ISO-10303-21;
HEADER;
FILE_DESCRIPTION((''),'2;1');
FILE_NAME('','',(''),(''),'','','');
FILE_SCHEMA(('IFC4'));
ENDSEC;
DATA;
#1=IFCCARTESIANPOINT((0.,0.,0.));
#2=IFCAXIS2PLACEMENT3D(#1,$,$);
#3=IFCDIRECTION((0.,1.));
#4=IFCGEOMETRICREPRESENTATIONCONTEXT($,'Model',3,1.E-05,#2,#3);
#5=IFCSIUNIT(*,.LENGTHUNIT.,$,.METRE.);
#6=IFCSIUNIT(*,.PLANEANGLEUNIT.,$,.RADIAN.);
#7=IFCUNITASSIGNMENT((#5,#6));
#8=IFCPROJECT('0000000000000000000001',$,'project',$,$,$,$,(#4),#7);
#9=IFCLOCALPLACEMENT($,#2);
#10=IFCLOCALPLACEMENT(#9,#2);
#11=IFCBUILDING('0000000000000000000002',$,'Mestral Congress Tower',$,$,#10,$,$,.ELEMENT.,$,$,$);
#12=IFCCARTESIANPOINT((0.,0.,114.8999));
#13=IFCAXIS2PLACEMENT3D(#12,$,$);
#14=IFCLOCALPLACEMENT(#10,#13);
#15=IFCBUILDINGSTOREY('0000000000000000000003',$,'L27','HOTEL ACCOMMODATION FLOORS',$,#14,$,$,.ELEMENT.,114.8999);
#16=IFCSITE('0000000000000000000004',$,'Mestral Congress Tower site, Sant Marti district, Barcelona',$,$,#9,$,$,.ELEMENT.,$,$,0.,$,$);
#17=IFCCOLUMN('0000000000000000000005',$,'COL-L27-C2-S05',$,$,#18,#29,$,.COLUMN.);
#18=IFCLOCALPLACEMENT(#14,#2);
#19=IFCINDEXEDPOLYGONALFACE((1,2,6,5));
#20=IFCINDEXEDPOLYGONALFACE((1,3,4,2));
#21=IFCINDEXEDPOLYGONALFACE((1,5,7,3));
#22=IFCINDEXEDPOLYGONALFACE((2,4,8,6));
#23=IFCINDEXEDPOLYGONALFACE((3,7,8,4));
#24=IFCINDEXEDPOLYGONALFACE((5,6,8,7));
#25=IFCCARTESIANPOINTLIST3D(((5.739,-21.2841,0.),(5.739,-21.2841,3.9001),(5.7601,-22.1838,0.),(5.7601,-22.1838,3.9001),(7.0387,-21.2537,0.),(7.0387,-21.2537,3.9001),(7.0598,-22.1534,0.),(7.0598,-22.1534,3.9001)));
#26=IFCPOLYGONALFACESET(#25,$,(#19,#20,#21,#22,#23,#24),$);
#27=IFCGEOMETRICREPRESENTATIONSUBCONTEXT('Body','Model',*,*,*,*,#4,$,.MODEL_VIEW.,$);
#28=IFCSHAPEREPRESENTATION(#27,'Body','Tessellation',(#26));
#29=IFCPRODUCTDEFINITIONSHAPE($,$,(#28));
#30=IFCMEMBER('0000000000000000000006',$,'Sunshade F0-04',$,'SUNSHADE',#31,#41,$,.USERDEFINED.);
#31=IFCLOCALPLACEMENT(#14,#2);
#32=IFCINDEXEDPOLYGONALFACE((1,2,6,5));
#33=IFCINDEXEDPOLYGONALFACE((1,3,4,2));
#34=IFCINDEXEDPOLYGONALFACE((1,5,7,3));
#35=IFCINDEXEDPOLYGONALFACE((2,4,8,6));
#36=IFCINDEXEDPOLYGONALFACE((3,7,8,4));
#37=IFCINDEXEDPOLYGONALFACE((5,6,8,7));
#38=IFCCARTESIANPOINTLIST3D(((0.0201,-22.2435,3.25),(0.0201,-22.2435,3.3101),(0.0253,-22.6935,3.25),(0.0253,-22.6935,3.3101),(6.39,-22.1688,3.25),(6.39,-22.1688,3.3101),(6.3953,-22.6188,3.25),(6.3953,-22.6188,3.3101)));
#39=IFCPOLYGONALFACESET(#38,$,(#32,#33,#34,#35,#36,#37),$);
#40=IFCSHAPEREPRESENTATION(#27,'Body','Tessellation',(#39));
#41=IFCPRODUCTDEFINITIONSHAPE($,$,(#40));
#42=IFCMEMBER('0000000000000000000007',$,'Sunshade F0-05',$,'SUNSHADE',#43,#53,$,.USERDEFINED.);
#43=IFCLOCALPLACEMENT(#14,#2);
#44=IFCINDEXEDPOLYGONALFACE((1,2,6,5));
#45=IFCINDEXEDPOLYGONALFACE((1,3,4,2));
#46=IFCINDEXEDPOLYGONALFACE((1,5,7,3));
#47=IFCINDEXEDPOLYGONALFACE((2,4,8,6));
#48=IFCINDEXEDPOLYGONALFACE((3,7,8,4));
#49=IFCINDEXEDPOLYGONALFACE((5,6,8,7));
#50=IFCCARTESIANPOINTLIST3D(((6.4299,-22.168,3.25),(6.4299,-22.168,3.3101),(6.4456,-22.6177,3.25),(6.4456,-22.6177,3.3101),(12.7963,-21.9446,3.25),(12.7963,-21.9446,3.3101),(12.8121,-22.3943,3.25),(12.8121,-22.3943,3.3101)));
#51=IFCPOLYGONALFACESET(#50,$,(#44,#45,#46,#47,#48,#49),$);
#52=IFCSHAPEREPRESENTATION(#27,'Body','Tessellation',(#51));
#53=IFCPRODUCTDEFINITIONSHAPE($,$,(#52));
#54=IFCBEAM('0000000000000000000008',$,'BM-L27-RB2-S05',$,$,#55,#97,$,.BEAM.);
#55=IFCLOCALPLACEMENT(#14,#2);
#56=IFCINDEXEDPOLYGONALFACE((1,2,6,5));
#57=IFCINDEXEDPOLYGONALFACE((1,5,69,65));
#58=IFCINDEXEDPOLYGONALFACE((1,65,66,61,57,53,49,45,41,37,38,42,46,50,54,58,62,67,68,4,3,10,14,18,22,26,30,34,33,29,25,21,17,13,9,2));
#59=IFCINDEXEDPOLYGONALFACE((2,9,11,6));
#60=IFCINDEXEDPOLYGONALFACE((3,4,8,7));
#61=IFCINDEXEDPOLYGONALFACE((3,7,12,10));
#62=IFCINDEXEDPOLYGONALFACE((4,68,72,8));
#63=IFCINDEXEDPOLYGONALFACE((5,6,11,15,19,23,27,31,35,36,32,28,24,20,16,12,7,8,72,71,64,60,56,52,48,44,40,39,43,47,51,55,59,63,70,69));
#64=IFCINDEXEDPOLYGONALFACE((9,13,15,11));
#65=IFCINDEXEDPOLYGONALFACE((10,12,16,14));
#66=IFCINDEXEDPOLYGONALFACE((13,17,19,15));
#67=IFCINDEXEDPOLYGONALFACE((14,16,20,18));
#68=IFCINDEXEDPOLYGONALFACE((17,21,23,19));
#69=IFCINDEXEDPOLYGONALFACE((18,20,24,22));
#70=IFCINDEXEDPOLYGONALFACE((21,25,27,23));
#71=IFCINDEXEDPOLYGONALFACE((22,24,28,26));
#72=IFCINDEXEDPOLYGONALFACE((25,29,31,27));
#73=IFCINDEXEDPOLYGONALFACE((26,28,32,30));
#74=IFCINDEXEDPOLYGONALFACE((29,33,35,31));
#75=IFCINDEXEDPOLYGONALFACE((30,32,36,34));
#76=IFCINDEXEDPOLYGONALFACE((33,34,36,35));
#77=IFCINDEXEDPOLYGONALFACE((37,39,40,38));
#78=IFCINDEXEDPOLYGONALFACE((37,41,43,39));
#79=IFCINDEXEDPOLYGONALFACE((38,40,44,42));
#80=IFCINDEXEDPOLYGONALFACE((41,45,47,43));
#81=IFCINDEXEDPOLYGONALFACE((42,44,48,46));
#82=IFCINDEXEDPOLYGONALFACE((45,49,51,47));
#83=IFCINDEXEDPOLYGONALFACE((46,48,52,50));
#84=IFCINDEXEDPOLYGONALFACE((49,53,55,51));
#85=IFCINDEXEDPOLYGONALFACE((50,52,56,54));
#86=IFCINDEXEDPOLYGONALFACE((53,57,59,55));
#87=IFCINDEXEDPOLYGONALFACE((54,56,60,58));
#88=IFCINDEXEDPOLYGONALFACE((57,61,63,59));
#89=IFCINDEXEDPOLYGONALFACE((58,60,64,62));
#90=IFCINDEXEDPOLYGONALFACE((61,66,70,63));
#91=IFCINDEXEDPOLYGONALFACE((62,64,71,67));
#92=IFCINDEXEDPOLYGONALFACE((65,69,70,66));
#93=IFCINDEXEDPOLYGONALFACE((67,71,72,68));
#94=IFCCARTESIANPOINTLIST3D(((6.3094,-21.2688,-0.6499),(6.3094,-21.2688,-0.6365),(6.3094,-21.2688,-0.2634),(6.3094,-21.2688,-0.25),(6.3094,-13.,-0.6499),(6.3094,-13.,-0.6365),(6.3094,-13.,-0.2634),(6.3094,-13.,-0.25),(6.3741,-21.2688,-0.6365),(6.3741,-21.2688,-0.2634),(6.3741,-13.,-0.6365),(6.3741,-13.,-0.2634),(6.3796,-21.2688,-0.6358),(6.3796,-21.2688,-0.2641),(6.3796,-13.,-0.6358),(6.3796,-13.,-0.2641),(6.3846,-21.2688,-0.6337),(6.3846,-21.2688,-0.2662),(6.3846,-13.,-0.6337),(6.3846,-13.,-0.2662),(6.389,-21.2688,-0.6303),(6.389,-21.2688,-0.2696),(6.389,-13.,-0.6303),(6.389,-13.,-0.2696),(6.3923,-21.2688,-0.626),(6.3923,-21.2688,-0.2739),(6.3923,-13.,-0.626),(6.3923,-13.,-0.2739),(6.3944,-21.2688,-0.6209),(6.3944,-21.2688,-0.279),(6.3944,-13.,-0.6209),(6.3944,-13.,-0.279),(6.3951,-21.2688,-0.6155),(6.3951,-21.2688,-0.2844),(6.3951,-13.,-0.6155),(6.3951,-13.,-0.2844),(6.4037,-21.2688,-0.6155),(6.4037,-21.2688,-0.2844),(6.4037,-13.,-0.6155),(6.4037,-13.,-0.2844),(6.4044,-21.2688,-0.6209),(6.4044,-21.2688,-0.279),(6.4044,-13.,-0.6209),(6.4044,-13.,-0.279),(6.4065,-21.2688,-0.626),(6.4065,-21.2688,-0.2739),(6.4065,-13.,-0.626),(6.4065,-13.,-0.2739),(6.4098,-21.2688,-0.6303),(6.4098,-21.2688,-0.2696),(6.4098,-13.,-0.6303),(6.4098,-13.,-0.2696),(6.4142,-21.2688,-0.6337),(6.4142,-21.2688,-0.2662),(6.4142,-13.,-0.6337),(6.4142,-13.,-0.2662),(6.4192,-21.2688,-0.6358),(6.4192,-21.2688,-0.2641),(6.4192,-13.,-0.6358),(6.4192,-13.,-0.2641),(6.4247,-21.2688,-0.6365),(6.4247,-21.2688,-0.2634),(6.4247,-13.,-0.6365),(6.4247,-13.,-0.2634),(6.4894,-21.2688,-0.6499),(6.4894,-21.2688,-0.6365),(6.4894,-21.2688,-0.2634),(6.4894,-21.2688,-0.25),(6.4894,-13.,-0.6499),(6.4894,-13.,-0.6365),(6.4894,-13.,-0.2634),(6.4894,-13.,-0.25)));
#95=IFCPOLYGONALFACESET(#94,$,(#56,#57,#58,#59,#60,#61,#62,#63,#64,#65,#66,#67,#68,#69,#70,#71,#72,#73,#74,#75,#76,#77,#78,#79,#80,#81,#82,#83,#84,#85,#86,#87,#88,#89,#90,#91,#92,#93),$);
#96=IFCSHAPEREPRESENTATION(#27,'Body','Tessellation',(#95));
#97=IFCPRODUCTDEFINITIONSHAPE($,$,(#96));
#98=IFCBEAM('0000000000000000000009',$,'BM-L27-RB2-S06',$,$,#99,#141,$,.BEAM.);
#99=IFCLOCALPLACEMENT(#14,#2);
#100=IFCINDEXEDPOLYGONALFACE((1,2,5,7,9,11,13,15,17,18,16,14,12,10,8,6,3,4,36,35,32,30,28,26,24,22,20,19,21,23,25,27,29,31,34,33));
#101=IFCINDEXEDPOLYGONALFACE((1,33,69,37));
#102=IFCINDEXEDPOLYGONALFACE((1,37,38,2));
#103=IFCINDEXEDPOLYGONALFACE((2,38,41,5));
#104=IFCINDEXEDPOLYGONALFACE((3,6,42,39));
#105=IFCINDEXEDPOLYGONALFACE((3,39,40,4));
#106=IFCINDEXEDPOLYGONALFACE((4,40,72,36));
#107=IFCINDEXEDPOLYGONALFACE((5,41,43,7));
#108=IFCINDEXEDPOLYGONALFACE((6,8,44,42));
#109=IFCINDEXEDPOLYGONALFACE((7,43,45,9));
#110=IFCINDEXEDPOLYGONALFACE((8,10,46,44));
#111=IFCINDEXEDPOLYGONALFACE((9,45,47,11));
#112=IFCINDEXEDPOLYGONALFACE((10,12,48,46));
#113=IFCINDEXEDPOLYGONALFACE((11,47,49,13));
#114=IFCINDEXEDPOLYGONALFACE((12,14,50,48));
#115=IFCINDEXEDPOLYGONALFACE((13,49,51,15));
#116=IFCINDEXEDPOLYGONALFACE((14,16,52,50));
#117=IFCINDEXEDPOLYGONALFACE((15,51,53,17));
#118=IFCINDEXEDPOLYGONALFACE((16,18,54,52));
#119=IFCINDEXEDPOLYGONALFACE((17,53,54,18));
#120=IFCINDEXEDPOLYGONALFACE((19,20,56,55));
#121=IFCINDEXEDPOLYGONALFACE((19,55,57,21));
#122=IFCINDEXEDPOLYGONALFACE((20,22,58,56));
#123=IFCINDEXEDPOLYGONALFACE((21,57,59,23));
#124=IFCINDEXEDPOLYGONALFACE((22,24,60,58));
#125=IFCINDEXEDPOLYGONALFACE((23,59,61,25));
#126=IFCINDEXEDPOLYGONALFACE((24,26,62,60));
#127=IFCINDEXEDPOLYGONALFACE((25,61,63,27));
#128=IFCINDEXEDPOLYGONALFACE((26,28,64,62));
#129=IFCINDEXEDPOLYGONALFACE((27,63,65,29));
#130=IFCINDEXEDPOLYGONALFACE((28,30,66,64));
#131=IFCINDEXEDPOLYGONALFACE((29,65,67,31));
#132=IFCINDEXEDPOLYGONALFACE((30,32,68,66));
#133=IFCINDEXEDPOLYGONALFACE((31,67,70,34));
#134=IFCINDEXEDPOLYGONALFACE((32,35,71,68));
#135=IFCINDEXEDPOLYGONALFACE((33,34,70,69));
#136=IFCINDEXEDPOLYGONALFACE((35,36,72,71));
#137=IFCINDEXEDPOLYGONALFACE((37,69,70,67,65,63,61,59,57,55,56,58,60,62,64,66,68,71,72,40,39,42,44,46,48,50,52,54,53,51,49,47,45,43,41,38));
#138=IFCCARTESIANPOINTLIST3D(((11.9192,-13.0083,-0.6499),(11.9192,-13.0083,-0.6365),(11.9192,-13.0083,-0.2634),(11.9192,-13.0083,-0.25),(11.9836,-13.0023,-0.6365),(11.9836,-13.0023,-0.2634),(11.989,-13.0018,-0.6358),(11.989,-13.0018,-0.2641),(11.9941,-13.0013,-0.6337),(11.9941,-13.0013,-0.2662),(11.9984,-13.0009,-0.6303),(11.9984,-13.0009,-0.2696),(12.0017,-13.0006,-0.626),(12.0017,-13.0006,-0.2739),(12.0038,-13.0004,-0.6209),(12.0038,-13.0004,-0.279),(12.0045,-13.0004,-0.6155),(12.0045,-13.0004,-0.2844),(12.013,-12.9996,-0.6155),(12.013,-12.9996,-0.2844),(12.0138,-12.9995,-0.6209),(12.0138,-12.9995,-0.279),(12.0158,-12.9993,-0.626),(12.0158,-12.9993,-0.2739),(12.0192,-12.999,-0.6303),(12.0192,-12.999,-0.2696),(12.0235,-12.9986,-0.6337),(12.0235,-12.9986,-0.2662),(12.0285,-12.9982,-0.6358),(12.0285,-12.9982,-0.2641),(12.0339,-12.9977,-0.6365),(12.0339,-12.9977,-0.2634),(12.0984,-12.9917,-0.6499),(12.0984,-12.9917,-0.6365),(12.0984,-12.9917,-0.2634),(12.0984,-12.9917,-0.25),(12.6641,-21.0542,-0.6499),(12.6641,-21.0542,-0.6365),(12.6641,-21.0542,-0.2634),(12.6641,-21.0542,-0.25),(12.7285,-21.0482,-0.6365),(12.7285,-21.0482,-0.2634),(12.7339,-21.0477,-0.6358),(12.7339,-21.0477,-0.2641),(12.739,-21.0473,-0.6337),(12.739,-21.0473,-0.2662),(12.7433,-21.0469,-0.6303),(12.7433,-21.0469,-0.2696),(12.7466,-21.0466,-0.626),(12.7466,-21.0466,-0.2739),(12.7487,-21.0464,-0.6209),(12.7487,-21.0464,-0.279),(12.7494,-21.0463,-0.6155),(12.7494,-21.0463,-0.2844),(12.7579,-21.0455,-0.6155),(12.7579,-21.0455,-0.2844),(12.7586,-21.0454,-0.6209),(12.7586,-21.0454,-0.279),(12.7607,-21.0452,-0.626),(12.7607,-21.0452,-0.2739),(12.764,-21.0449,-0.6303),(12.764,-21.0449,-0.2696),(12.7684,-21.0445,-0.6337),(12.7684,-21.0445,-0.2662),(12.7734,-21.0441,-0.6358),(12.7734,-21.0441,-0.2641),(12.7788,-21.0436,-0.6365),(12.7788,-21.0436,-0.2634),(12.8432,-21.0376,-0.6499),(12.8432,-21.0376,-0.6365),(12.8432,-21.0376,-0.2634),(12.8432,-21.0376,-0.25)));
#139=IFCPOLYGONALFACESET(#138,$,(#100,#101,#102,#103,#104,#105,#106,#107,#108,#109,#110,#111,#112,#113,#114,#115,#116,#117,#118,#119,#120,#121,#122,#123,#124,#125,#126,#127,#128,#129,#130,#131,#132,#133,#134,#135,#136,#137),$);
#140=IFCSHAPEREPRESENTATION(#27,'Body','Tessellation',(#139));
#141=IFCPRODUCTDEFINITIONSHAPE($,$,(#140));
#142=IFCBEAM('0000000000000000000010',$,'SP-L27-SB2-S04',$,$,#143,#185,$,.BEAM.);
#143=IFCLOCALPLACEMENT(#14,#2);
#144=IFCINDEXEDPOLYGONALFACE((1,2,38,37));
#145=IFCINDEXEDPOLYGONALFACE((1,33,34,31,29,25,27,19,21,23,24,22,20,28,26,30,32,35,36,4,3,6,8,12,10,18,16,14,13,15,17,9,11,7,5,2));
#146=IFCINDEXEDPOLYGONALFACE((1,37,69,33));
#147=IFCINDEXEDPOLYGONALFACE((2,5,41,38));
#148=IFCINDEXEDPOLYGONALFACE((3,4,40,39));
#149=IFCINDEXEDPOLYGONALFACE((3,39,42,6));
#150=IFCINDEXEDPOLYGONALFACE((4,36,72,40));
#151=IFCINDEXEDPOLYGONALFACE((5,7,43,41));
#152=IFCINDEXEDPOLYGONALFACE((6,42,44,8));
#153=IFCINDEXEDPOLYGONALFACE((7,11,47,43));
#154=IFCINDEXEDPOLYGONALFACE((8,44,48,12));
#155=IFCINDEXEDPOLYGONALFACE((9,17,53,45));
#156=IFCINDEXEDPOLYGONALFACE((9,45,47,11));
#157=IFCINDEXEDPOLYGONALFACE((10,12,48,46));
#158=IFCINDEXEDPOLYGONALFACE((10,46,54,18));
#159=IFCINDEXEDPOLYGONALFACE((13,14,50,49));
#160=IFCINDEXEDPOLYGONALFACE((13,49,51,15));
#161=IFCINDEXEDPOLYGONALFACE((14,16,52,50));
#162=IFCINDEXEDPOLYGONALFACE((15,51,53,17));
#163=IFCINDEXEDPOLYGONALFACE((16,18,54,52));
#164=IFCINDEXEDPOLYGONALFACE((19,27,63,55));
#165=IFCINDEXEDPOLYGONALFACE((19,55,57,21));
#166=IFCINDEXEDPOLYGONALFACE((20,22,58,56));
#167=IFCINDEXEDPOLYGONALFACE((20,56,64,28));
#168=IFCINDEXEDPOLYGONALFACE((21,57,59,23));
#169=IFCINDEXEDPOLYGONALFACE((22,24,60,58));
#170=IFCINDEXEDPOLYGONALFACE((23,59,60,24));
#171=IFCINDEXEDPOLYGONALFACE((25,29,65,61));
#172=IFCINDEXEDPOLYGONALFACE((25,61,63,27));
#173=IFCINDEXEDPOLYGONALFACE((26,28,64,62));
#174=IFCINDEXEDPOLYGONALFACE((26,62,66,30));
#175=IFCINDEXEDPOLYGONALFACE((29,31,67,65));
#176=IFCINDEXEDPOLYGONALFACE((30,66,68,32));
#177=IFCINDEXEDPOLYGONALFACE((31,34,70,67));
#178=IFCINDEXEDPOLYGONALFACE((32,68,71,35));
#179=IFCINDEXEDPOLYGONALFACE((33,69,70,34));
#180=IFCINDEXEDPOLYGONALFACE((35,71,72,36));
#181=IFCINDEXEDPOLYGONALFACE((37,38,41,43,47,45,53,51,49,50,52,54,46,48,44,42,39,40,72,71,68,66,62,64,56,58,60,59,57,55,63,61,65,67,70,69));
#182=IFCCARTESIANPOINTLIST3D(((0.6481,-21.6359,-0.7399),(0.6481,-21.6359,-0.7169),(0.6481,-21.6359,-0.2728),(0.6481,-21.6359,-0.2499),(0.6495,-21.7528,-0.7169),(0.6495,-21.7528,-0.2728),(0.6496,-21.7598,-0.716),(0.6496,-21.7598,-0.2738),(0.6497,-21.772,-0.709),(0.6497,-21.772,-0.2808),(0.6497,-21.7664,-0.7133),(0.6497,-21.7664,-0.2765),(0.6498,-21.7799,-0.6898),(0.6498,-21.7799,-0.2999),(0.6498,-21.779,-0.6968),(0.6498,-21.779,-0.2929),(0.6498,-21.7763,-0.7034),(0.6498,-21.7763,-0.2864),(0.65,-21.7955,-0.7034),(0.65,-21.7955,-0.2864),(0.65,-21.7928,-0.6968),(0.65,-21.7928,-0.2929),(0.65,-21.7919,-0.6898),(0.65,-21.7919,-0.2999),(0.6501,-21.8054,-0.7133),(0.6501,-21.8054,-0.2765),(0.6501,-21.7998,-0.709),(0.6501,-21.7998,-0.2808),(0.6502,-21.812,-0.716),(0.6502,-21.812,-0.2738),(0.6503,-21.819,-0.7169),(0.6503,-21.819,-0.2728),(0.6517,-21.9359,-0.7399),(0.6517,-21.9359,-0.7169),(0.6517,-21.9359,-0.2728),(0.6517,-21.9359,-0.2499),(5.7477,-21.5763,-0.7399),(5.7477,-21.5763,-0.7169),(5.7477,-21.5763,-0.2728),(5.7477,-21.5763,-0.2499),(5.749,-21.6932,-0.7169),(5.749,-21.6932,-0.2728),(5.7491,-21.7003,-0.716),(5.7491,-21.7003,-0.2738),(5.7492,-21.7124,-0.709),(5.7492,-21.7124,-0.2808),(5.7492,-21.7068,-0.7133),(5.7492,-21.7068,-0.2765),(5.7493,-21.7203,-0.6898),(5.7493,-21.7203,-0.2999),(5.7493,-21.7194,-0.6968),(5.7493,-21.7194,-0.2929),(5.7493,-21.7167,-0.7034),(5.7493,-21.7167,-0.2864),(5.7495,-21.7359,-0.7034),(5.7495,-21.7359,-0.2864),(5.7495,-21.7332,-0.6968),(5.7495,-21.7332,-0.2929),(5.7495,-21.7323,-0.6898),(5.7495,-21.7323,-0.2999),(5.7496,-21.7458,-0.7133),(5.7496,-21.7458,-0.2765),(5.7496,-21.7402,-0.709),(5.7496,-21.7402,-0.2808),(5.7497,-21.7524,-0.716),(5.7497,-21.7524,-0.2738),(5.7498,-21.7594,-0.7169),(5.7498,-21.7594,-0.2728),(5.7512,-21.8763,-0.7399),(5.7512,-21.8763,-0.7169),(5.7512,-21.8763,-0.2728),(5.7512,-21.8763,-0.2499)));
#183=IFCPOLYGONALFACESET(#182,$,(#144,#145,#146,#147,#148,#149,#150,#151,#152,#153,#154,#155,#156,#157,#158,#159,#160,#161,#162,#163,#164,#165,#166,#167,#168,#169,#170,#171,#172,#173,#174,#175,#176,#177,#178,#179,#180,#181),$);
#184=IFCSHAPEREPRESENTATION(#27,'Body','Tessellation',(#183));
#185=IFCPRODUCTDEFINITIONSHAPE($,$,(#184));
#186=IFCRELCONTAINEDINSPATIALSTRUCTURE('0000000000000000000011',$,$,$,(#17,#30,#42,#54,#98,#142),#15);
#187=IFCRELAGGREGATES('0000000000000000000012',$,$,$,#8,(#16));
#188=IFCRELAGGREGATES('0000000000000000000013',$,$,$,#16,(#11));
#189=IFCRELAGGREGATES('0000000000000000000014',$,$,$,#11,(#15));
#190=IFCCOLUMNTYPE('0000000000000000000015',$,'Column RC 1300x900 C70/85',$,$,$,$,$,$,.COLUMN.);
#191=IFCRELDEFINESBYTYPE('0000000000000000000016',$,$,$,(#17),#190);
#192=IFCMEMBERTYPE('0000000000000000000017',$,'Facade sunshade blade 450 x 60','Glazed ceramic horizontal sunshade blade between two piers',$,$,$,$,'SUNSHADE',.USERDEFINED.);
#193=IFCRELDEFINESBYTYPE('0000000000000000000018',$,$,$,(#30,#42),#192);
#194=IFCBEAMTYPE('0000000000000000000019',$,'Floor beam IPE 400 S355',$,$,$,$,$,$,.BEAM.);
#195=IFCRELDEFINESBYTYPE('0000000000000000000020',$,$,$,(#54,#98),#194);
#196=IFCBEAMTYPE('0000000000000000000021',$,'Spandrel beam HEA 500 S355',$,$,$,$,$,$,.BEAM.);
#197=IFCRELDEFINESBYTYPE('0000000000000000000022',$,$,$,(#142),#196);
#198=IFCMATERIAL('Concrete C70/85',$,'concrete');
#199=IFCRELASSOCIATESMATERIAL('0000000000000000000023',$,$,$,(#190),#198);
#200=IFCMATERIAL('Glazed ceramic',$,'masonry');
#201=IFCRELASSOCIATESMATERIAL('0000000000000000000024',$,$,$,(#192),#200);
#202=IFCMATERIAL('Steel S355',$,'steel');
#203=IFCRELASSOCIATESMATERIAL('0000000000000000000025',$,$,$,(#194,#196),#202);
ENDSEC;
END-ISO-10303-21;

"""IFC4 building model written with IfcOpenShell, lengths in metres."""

from ifc_helpers import new_model, si_unit, direction, frame, origin, origin_2d, place, context, subcontext, project, spatial, rectangle, i_section, extrude, material, material_profile, profile_set, type_object, element, save


model = new_model("IFC4")

# Units and contexts
model_context = context("Model", 3, precision=1e-05, world=origin(), true_north=direction((0.0, 1.0)))
body_context = subcontext(model_context, "Body", "Model", "MODEL_VIEW")
ifc_project = project(units=[si_unit("LENGTHUNIT", "METRE"), si_unit("PLANEANGLEUNIT", "RADIAN")], contexts=[model_context])

# Site, building, storey
site_placement = place(None, origin())
site = spatial("IfcSite", under=ifc_project, at=site_placement, Name="Mestral Congress Tower site, Sant Marti district, Barcelona", CompositionType="ELEMENT", RefElevation=0.0)
building_placement = place(site_placement, origin())
building = spatial("IfcBuilding", under=site, at=building_placement, Name="Mestral Congress Tower", CompositionType="ELEMENT")
storey_placement = place(building_placement, frame((0.0, 0.0, 114.8999)))
storey = spatial("IfcBuildingStorey", under=building, at=storey_placement, Name="L27", Description="HOTEL ACCOMMODATION FLOORS", CompositionType="ELEMENT", Elevation=114.8999)

# Column
ifc_material_1 = material(Name="Concrete C70/85", Category="concrete")
ifc_material_profile_1 = material_profile(ifc_material_1, rectangle(XDim=1.3, YDim=0.8999, at=origin_2d()), Name="RC 1300x900")
ifc_profile_set_1 = profile_set([ifc_material_profile_1], Name="Concrete C70/85")
column_type = type_object("IfcColumnType", Name="Column RC 1300x900 C70/85", PredefinedType="COLUMN", material=ifc_profile_set_1)
column_placement = place(storey_placement, frame((6.3994, -21.7188, 0.0), z_axis=(0.0, 0.0, 1.0), x_axis=(0.999727, 0.023384, 0.0)))
element("IfcColumn", 1, at=column_placement, inside=storey, type_object=column_type, Name="COL-L27-C2-S05", PredefinedType="COLUMN", context=body_context, shape_type="SweptSolid", body=[
    extrude(rectangle(XDim=1.3, YDim=0.8999, at=origin_2d()), origin(), (0.0, 0.0, 1.0), 3.9001),
])

# Members
ifc_material_2 = material(Name="Glazed ceramic", Category="masonry")
ifc_material_profile_2 = material_profile(ifc_material_2, rectangle(XDim=0.45, YDim=0.0601, at=origin_2d()), Name="Ceramic blade 450 x 60")
ifc_profile_set_2 = profile_set([ifc_material_profile_2], Name="Glazed ceramic")
member_type = type_object("IfcMemberType", Name="Facade sunshade blade 450 x 60", Description="Glazed ceramic horizontal sunshade blade between two piers", ElementType="SUNSHADE", PredefinedType="USERDEFINED", material=ifc_profile_set_2)
for number, where, z_axis, x_axis, name in (
    (2, (0.0227, -22.4685, 3.28), (0.999931, 0.011727, 0.0), (-0.011727, 0.999931, 0.0), "Sunshade F0-04"),
    (3, (6.4377, -22.3928, 3.28), (0.999385, 0.035067, 0.0), (-0.035067, 0.999385, 0.0), "Sunshade F0-05"),
):
    element("IfcMember", number, at=place(storey_placement, frame(where, z_axis=z_axis, x_axis=x_axis)), inside=storey, type_object=member_type, Name=name, ObjectType="SUNSHADE", PredefinedType="USERDEFINED", context=body_context, shape_type="SweptSolid", body=[
        extrude(rectangle(XDim=0.45, YDim=0.0601, at=origin_2d()), origin(), (0.0, 0.0, 1.0), 6.3704),
    ])

# Beams
ifc_material_3 = material(Name="Steel S355", Category="steel")
ifc_material_profile_3 = material_profile(ifc_material_3, i_section(OverallWidth=0.1799, OverallDepth=0.3999, WebThickness=0.0085, FlangeThickness=0.0134, FilletRadius=0.021, at=origin_2d()), Name="IPE 400")
ifc_profile_set_3 = profile_set([ifc_material_profile_3], Name="Steel S355")
beam_type_1 = type_object("IfcBeamType", Name="Floor beam IPE 400 S355", PredefinedType="BEAM", material=ifc_profile_set_3)
beam_1_placement = place(storey_placement, frame((6.3994, -21.2688, -0.45), z_axis=(0.0, 1.0, 0.0), x_axis=(-1.0, 0.0, 0.0)))
element("IfcBeam", 4, at=beam_1_placement, inside=storey, type_object=beam_type_1, Name="BM-L27-RB2-S05", PredefinedType="BEAM", context=body_context, shape_type="SweptSolid", body=[
    extrude(i_section(OverallWidth=0.1799, OverallDepth=0.3999, WebThickness=0.0085, FlangeThickness=0.0134, FilletRadius=0.021, at=origin_2d()), origin(), (0.0, 0.0, 1.0), 8.2688),
])
beam_2_placement = place(storey_placement, frame((12.7537, -21.0459, -0.45), z_axis=(-0.092184, 0.995742, 0.0), x_axis=(-0.995742, -0.092184, 0.0)))
element("IfcBeam", 5, at=beam_2_placement, inside=storey, type_object=beam_type_1, Name="BM-L27-RB2-S06", PredefinedType="BEAM", context=body_context, shape_type="SweptSolid", body=[
    extrude(i_section(OverallWidth=0.1799, OverallDepth=0.3999, WebThickness=0.0085, FlangeThickness=0.0134, FilletRadius=0.021, at=origin_2d()), origin(), (0.0, 0.0, 1.0), 8.0803),
])
ifc_material_profile_4 = material_profile(ifc_material_3, i_section(OverallWidth=0.3, OverallDepth=0.49, WebThickness=0.012, FlangeThickness=0.0229, FilletRadius=0.0271, at=origin_2d()), Name="HEA 500")
ifc_profile_set_4 = profile_set([ifc_material_profile_4], Name="Steel S355")
beam_type_2 = type_object("IfcBeamType", Name="Spandrel beam HEA 500 S355", PredefinedType="BEAM", material=ifc_profile_set_4)
for number, where, z_axis, x_axis, name in (
    (6, (0.6499, -21.7859, -0.4949), (0.999932, 0.011681, 0.0), (-0.011681, 0.999932, 0.0), "SP-L27-SB2-S04"),
):
    element("IfcBeam", number, at=place(storey_placement, frame(where, z_axis=z_axis, x_axis=x_axis)), inside=storey, type_object=beam_type_2, Name=name, PredefinedType="BEAM", context=body_context, shape_type="SweptSolid", body=[
        extrude(i_section(OverallWidth=0.3, OverallDepth=0.49, WebThickness=0.012, FlangeThickness=0.0229, FilletRadius=0.0271, at=origin_2d()), origin(), (0.0, 0.0, 1.0), 5.0999),
    ])

save(model, "model.ifc")
